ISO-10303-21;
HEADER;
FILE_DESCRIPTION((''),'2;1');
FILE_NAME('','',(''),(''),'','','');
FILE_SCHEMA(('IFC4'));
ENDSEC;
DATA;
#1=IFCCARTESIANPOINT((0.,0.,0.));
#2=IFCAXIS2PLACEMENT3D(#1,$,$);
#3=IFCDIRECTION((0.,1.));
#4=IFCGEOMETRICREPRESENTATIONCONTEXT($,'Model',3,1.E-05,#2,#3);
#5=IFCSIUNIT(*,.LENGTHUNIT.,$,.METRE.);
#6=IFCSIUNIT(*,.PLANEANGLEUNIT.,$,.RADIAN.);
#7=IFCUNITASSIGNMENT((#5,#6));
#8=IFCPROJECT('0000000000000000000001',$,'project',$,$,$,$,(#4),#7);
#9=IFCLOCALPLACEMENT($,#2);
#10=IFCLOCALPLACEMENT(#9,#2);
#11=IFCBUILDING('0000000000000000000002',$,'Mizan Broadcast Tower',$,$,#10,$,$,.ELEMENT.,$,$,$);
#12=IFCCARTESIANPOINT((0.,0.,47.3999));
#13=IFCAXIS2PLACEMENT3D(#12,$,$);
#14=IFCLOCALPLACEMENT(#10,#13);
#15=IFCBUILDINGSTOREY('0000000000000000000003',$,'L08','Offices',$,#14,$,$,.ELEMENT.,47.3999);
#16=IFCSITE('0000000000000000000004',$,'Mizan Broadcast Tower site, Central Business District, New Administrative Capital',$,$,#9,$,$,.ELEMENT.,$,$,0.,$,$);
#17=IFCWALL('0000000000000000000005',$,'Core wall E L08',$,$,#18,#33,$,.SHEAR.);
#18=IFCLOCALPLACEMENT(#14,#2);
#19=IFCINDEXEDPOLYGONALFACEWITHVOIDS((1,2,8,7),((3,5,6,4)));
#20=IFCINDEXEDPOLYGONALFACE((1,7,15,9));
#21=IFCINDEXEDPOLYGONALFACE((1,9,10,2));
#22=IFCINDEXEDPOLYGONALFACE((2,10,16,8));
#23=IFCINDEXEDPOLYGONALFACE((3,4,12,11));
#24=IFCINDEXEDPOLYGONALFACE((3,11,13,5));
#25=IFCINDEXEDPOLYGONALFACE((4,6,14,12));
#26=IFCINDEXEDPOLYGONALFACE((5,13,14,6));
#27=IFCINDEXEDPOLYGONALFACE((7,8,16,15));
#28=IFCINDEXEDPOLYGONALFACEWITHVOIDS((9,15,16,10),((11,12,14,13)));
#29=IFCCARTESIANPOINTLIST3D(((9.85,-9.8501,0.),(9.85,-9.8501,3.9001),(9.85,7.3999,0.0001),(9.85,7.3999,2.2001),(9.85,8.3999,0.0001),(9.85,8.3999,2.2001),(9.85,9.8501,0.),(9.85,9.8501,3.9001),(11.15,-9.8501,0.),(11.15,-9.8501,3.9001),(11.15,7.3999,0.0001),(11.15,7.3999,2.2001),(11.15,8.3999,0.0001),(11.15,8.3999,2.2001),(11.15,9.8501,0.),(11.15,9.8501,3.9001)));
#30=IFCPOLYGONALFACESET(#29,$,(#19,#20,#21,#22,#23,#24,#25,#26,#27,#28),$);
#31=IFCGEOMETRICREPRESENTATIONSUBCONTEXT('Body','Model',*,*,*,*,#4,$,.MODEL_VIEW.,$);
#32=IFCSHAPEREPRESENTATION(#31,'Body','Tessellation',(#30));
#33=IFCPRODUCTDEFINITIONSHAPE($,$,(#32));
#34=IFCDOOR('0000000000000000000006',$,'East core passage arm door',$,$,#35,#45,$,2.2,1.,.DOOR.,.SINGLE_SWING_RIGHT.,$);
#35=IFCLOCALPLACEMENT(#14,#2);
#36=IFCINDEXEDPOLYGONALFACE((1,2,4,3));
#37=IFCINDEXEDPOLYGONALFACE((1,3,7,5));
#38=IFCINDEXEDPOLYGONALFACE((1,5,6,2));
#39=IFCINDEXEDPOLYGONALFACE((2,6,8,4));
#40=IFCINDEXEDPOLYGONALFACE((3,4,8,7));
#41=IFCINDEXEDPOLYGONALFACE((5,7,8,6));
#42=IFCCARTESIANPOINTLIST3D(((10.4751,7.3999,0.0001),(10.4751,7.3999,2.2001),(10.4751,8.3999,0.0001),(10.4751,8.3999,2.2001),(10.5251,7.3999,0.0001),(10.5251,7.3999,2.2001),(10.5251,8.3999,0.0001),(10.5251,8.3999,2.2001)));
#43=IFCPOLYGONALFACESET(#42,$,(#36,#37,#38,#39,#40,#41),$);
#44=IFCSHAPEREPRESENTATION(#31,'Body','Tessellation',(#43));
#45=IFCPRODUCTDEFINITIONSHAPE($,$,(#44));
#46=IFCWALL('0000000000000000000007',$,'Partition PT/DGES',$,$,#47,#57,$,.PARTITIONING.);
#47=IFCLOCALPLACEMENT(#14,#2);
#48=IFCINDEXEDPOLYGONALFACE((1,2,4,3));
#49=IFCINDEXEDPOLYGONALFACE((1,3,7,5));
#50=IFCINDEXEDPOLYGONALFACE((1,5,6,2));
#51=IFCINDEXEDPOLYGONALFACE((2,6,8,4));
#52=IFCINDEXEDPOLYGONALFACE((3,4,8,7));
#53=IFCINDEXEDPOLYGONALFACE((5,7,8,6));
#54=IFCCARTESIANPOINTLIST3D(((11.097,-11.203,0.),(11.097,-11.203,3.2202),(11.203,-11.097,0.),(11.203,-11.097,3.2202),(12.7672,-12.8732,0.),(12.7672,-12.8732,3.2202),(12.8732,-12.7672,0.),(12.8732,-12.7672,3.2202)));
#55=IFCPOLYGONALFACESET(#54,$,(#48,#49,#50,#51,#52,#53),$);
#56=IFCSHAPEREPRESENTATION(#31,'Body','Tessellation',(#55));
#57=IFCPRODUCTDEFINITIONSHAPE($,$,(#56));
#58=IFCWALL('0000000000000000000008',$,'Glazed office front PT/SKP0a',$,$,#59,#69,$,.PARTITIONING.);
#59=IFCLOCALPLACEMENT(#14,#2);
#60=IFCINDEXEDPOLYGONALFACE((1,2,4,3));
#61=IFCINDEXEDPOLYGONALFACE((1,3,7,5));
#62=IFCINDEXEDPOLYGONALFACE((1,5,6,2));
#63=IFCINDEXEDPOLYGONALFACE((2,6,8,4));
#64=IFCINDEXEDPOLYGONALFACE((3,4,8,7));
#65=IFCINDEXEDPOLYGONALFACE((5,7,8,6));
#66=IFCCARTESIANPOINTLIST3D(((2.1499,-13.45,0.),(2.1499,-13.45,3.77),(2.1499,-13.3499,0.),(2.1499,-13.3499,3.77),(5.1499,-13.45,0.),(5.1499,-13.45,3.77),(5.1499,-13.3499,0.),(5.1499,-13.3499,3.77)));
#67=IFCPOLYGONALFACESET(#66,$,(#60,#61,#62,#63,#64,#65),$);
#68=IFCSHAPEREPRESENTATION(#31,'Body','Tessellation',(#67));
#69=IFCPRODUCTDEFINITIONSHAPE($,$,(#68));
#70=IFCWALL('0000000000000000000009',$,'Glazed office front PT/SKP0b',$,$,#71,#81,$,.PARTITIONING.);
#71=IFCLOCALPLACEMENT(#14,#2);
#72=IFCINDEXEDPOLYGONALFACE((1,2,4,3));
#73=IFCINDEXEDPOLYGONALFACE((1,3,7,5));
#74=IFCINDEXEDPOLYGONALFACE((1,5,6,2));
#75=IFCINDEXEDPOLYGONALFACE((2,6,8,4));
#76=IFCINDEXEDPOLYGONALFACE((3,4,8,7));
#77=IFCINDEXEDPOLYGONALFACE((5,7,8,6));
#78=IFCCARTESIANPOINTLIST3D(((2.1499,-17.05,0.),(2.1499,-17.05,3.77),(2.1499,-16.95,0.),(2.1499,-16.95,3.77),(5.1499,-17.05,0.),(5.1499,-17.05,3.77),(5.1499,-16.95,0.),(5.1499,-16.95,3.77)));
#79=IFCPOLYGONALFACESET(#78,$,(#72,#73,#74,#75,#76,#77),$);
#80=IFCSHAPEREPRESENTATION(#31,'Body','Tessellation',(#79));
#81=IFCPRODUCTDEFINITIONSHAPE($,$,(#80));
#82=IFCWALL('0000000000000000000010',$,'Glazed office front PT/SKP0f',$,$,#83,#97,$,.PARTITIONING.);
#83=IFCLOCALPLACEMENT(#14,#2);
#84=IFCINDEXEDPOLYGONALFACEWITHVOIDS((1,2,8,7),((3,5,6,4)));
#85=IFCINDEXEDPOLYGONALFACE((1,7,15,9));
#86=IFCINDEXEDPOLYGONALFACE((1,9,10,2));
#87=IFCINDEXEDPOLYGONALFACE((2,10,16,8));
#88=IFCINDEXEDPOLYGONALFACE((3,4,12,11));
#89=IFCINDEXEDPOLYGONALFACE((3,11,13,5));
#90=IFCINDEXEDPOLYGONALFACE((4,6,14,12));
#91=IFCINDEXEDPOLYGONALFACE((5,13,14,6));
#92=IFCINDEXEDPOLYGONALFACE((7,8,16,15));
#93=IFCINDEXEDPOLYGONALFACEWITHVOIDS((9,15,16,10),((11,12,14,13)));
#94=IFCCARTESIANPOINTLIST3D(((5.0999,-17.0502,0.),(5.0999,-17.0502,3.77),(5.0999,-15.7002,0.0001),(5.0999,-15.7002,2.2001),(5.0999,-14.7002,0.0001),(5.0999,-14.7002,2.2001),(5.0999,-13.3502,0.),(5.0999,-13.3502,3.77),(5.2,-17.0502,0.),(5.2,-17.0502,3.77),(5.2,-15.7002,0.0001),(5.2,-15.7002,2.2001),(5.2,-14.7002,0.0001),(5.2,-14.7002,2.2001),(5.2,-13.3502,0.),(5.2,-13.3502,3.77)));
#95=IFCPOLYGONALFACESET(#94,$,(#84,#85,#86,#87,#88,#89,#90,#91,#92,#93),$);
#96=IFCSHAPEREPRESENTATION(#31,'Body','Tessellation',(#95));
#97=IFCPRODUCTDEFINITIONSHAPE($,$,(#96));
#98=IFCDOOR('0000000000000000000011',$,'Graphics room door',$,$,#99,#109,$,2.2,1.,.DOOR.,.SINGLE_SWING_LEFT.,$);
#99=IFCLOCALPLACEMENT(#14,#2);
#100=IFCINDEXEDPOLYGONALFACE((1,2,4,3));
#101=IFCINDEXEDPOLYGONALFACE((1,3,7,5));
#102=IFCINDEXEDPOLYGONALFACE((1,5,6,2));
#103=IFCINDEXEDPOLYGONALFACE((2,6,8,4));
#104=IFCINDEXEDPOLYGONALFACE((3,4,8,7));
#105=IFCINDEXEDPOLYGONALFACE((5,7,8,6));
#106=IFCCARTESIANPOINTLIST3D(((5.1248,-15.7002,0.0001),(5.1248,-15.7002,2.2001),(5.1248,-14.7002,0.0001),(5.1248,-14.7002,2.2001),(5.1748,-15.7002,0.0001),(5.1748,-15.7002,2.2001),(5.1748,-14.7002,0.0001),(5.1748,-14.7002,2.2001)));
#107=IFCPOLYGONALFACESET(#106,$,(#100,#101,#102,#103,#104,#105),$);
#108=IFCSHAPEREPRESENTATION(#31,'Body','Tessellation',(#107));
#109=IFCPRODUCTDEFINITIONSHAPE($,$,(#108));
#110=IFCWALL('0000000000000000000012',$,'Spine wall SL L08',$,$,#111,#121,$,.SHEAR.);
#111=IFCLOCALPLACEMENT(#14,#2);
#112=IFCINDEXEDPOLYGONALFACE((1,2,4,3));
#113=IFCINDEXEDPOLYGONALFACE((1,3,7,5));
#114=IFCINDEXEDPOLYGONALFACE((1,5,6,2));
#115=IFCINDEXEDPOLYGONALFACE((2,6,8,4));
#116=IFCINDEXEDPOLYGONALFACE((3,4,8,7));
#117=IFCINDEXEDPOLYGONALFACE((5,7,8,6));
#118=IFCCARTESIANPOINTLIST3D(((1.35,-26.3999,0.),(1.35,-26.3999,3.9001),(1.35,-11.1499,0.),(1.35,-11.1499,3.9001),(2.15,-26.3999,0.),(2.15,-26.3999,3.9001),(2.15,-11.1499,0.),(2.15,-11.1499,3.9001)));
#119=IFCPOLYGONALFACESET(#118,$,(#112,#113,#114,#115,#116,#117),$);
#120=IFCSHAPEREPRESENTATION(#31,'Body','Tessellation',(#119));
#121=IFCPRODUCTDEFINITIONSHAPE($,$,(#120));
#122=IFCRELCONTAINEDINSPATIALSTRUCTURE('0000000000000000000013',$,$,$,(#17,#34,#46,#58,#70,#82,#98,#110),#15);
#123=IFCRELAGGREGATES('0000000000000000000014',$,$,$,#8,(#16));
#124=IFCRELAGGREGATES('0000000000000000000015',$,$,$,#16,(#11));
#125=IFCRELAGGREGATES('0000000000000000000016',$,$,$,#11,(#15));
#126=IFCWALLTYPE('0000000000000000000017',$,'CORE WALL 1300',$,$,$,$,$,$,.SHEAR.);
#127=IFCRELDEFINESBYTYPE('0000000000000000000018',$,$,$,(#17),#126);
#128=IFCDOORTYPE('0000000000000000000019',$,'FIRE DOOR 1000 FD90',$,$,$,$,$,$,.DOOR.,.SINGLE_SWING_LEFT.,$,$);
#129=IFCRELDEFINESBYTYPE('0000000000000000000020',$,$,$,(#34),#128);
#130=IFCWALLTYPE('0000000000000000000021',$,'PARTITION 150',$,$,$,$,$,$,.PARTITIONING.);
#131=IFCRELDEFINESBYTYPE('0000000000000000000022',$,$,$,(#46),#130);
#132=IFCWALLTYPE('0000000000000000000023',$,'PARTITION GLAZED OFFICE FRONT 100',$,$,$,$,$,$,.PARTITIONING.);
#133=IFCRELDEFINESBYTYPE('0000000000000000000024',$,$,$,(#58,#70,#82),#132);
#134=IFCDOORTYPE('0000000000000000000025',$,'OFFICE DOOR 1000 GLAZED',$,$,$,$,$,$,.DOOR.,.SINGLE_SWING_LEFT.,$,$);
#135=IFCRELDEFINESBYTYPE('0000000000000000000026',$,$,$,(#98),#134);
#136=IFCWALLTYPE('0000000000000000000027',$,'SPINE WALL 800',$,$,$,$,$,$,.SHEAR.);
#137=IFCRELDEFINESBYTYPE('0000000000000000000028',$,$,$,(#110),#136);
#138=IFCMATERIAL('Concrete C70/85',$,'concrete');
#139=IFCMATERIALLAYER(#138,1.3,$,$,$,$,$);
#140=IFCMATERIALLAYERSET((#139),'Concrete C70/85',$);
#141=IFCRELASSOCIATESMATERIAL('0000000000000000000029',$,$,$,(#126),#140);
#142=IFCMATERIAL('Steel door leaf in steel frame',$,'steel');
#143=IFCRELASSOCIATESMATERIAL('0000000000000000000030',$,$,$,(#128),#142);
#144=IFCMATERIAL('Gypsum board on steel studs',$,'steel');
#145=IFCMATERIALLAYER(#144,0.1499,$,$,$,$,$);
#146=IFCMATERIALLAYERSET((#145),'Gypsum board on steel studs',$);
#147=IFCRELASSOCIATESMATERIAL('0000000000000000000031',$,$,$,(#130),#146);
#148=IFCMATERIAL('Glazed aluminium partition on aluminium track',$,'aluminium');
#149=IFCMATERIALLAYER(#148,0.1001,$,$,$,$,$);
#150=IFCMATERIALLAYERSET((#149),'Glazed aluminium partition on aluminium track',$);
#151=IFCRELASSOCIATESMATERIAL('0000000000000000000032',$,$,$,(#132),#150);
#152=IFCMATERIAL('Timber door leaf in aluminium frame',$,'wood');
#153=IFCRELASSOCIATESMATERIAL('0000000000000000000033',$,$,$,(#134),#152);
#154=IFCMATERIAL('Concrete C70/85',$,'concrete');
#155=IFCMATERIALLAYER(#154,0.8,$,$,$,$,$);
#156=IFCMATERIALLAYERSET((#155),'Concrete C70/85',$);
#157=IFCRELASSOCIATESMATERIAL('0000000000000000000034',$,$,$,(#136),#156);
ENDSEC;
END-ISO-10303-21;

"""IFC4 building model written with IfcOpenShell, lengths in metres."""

from ifc_helpers import new_model, si_unit, direction, frame, frame_2d, origin, place, context, subcontext, project, spatial, rectangle, extrude, material, layer, layer_set, type_object, element, fill, save


model = new_model("IFC4")

# Units and contexts
model_context = context("Model", 3, precision=1e-05, world=origin(), true_north=direction((0.0, 1.0)))
body_context = subcontext(model_context, "Body", "Model", "MODEL_VIEW")
ifc_project = project(units=[si_unit("LENGTHUNIT", "METRE"), si_unit("PLANEANGLEUNIT", "RADIAN")], contexts=[model_context])

# Site, building, storey
site_placement = place(None, origin())
site = spatial("IfcSite", under=ifc_project, at=site_placement, Name="Mizan Broadcast Tower site, Central Business District, New Administrative Capital", CompositionType="ELEMENT", RefElevation=0.0)
building_placement = place(site_placement, origin())
building = spatial("IfcBuilding", under=site, at=building_placement, Name="Mizan Broadcast Tower", CompositionType="ELEMENT")
storey_placement = place(building_placement, frame((0.0, 0.0, 47.3999)))
storey = spatial("IfcBuildingStorey", under=building, at=storey_placement, Name="L08", Description="Offices", CompositionType="ELEMENT", Elevation=47.3999)

# Shared definitions
ifc_material_1 = material(Name="Concrete C70/85", Category="concrete")
ifc_layer_1 = layer(ifc_material_1, 1.3)
ifc_layer_set_1 = layer_set([ifc_layer_1], Name="Concrete C70/85")
wall_type_1 = type_object("IfcWallType", Name="CORE WALL 1300", PredefinedType="SHEAR", material=ifc_layer_set_1)

# Wall, opening, door
wall_1_placement = place(storey_placement, frame((10.5, -9.8501, 0.0), z_axis=(0.0, 0.0, 1.0), x_axis=(0.0, 1.0, 0.0)))
wall_1 = element("IfcWall", 1, at=wall_1_placement, inside=storey, type_object=wall_type_1, Name="Core wall E L08", PredefinedType="SHEAR", context=body_context, shape_type="SweptSolid", body=[
    extrude(rectangle(XDim=19.7002, YDim=1.3, at=frame_2d((9.8501, 0.0))), origin(), (0.0, 0.0, 1.0), 3.9001),
])
opening_1_placement = place(wall_1_placement, frame((17.25, 0.0, 0.0)))
opening_1 = element("IfcOpeningElement", 2, at=opening_1_placement, cuts=wall_1, PredefinedType="OPENING", context=body_context, shape_type="SweptSolid", body=[
    extrude(rectangle(XDim=1.0, YDim=2.2, at=frame_2d((0.5, 1.1001))), frame((0.0, 0.6599, 0.0), z_axis=(0.0, -1.0, 0.0), x_axis=(1.0, 0.0, 0.0)), (0.0, 0.0, 1.0), 1.3201),
])
ifc_material_2 = material(Name="Steel door leaf in steel frame", Category="steel")
door_type_1 = type_object("IfcDoorType", Name="FIRE DOOR 1000 FD90", OperationType="SINGLE_SWING_LEFT", PredefinedType="DOOR", material=ifc_material_2)
door_1_placement = place(opening_1_placement, origin())
door_1 = element("IfcDoor", 3, at=door_1_placement, inside=storey, type_object=door_type_1, Name="East core passage arm door", OperationType="SINGLE_SWING_RIGHT", OverallHeight=2.2, OverallWidth=1.0, PredefinedType="DOOR", context=body_context, shape_type="SweptSolid", body=[
    extrude(rectangle(XDim=1.0, YDim=2.2, at=frame_2d((0.5, 1.1001))), frame((0.0, 0.0249, 0.0), z_axis=(0.0, -1.0, 0.0), x_axis=(1.0, 0.0, 0.0)), (0.0, 0.0, 1.0), 0.05),
])
fill(opening_1, door_1)

# Walls
ifc_material_3 = material(Name="Gypsum board on steel studs", Category="steel")
ifc_layer_2 = layer(ifc_material_3, 0.1499)
ifc_layer_set_2 = layer_set([ifc_layer_2], Name="Gypsum board on steel studs")
wall_type_2 = type_object("IfcWallType", Name="PARTITION 150", PredefinedType="PARTITIONING", material=ifc_layer_set_2)
wall_2_placement = place(storey_placement, frame((11.1499, -11.1499, 0.0), z_axis=(0.0, 0.0, 1.0), x_axis=(0.707107, -0.707107, 0.0)))
element("IfcWall", 4, at=wall_2_placement, inside=storey, type_object=wall_type_2, Name="Partition PT/DGES", PredefinedType="PARTITIONING", context=body_context, shape_type="SweptSolid", body=[
    extrude(rectangle(XDim=2.3621, YDim=0.1499, at=frame_2d((1.1812, 0.0))), origin(), (0.0, 0.0, 1.0), 3.2202),
])
ifc_material_4 = material(Name="Glazed aluminium partition on aluminium track", Category="aluminium")
ifc_layer_3 = layer(ifc_material_4, 0.1001)
ifc_layer_set_3 = layer_set([ifc_layer_3], Name="Glazed aluminium partition on aluminium track")
wall_type_3 = type_object("IfcWallType", Name="PARTITION GLAZED OFFICE FRONT 100", PredefinedType="PARTITIONING", material=ifc_layer_set_3)
for number, where, z_axis, x_axis, name in (
    (5, (2.1499, -13.3999, 0.0), (0.0, 0.0, 1.0), (1.0, 0.0, 0.0), "Glazed office front PT/SKP0a"),
    (6, (2.1499, -17.0, 0.0), (0.0, 0.0, 1.0), (1.0, 0.0, 0.0), "Glazed office front PT/SKP0b"),
):
    element("IfcWall", number, at=place(storey_placement, frame(where, z_axis=z_axis, x_axis=x_axis)), inside=storey, type_object=wall_type_3, Name=name, PredefinedType="PARTITIONING", context=body_context, shape_type="SweptSolid", body=[
        extrude(rectangle(XDim=3.0, YDim=0.1001, at=frame_2d((1.5, 0.0))), origin(), (0.0, 0.0, 1.0), 3.77),
    ])

# Wall, opening, door
wall_3_placement = place(storey_placement, frame((5.1499, -13.3501, 0.0), z_axis=(0.0, 0.0, 1.0), x_axis=(0.0, -1.0, 0.0)))
wall_3 = element("IfcWall", 7, at=wall_3_placement, inside=storey, type_object=wall_type_3, Name="Glazed office front PT/SKP0f", PredefinedType="PARTITIONING", context=body_context, shape_type="SweptSolid", body=[
    extrude(rectangle(XDim=3.7, YDim=0.1001, at=frame_2d((1.8501, 0.0))), origin(), (0.0, 0.0, 1.0), 3.77),
])
opening_2_placement = place(wall_3_placement, frame((1.3501, 0.0, 0.0)))
opening_2 = element("IfcOpeningElement", 8, at=opening_2_placement, cuts=wall_3, PredefinedType="OPENING", context=body_context, shape_type="SweptSolid", body=[
    extrude(rectangle(XDim=1.0, YDim=2.2, at=frame_2d((0.5, 1.1001))), frame((0.0, 0.0601, 0.0), z_axis=(0.0, -1.0, 0.0), x_axis=(1.0, 0.0, 0.0)), (0.0, 0.0, 1.0), 0.1201),
])
ifc_material_5 = material(Name="Timber door leaf in aluminium frame", Category="wood")
door_type_2 = type_object("IfcDoorType", Name="OFFICE DOOR 1000 GLAZED", OperationType="SINGLE_SWING_LEFT", PredefinedType="DOOR", material=ifc_material_5)
door_2_placement = place(opening_2_placement, origin())
door_2 = element("IfcDoor", 9, at=door_2_placement, inside=storey, type_object=door_type_2, Name="Graphics room door", OperationType="SINGLE_SWING_LEFT", OverallHeight=2.2, OverallWidth=1.0, PredefinedType="DOOR", context=body_context, shape_type="SweptSolid", body=[
    extrude(rectangle(XDim=1.0, YDim=2.2, at=frame_2d((0.5, 1.1001))), frame((0.0, 0.0249, 0.0), z_axis=(0.0, -1.0, 0.0), x_axis=(1.0, 0.0, 0.0)), (0.0, 0.0, 1.0), 0.05),
])
fill(opening_2, door_2)

# Wall
ifc_material_6 = material(Name="Concrete C70/85", Category="concrete")
ifc_layer_4 = layer(ifc_material_6, 0.8)
ifc_layer_set_4 = layer_set([ifc_layer_4], Name="Concrete C70/85")
wall_type_4 = type_object("IfcWallType", Name="SPINE WALL 800", PredefinedType="SHEAR", material=ifc_layer_set_4)
wall_4_placement = place(storey_placement, frame((1.75, -11.1499, 0.0), z_axis=(0.0, 0.0, 1.0), x_axis=(0.0, -1.0, 0.0)))
element("IfcWall", 10, at=wall_4_placement, inside=storey, type_object=wall_type_4, Name="Spine wall SL L08", PredefinedType="SHEAR", context=body_context, shape_type="SweptSolid", body=[
    extrude(rectangle(XDim=15.25, YDim=0.8, at=frame_2d((7.625, 0.0))), origin(), (0.0, 0.0, 1.0), 3.9001),
])

save(model, "model.ifc")
